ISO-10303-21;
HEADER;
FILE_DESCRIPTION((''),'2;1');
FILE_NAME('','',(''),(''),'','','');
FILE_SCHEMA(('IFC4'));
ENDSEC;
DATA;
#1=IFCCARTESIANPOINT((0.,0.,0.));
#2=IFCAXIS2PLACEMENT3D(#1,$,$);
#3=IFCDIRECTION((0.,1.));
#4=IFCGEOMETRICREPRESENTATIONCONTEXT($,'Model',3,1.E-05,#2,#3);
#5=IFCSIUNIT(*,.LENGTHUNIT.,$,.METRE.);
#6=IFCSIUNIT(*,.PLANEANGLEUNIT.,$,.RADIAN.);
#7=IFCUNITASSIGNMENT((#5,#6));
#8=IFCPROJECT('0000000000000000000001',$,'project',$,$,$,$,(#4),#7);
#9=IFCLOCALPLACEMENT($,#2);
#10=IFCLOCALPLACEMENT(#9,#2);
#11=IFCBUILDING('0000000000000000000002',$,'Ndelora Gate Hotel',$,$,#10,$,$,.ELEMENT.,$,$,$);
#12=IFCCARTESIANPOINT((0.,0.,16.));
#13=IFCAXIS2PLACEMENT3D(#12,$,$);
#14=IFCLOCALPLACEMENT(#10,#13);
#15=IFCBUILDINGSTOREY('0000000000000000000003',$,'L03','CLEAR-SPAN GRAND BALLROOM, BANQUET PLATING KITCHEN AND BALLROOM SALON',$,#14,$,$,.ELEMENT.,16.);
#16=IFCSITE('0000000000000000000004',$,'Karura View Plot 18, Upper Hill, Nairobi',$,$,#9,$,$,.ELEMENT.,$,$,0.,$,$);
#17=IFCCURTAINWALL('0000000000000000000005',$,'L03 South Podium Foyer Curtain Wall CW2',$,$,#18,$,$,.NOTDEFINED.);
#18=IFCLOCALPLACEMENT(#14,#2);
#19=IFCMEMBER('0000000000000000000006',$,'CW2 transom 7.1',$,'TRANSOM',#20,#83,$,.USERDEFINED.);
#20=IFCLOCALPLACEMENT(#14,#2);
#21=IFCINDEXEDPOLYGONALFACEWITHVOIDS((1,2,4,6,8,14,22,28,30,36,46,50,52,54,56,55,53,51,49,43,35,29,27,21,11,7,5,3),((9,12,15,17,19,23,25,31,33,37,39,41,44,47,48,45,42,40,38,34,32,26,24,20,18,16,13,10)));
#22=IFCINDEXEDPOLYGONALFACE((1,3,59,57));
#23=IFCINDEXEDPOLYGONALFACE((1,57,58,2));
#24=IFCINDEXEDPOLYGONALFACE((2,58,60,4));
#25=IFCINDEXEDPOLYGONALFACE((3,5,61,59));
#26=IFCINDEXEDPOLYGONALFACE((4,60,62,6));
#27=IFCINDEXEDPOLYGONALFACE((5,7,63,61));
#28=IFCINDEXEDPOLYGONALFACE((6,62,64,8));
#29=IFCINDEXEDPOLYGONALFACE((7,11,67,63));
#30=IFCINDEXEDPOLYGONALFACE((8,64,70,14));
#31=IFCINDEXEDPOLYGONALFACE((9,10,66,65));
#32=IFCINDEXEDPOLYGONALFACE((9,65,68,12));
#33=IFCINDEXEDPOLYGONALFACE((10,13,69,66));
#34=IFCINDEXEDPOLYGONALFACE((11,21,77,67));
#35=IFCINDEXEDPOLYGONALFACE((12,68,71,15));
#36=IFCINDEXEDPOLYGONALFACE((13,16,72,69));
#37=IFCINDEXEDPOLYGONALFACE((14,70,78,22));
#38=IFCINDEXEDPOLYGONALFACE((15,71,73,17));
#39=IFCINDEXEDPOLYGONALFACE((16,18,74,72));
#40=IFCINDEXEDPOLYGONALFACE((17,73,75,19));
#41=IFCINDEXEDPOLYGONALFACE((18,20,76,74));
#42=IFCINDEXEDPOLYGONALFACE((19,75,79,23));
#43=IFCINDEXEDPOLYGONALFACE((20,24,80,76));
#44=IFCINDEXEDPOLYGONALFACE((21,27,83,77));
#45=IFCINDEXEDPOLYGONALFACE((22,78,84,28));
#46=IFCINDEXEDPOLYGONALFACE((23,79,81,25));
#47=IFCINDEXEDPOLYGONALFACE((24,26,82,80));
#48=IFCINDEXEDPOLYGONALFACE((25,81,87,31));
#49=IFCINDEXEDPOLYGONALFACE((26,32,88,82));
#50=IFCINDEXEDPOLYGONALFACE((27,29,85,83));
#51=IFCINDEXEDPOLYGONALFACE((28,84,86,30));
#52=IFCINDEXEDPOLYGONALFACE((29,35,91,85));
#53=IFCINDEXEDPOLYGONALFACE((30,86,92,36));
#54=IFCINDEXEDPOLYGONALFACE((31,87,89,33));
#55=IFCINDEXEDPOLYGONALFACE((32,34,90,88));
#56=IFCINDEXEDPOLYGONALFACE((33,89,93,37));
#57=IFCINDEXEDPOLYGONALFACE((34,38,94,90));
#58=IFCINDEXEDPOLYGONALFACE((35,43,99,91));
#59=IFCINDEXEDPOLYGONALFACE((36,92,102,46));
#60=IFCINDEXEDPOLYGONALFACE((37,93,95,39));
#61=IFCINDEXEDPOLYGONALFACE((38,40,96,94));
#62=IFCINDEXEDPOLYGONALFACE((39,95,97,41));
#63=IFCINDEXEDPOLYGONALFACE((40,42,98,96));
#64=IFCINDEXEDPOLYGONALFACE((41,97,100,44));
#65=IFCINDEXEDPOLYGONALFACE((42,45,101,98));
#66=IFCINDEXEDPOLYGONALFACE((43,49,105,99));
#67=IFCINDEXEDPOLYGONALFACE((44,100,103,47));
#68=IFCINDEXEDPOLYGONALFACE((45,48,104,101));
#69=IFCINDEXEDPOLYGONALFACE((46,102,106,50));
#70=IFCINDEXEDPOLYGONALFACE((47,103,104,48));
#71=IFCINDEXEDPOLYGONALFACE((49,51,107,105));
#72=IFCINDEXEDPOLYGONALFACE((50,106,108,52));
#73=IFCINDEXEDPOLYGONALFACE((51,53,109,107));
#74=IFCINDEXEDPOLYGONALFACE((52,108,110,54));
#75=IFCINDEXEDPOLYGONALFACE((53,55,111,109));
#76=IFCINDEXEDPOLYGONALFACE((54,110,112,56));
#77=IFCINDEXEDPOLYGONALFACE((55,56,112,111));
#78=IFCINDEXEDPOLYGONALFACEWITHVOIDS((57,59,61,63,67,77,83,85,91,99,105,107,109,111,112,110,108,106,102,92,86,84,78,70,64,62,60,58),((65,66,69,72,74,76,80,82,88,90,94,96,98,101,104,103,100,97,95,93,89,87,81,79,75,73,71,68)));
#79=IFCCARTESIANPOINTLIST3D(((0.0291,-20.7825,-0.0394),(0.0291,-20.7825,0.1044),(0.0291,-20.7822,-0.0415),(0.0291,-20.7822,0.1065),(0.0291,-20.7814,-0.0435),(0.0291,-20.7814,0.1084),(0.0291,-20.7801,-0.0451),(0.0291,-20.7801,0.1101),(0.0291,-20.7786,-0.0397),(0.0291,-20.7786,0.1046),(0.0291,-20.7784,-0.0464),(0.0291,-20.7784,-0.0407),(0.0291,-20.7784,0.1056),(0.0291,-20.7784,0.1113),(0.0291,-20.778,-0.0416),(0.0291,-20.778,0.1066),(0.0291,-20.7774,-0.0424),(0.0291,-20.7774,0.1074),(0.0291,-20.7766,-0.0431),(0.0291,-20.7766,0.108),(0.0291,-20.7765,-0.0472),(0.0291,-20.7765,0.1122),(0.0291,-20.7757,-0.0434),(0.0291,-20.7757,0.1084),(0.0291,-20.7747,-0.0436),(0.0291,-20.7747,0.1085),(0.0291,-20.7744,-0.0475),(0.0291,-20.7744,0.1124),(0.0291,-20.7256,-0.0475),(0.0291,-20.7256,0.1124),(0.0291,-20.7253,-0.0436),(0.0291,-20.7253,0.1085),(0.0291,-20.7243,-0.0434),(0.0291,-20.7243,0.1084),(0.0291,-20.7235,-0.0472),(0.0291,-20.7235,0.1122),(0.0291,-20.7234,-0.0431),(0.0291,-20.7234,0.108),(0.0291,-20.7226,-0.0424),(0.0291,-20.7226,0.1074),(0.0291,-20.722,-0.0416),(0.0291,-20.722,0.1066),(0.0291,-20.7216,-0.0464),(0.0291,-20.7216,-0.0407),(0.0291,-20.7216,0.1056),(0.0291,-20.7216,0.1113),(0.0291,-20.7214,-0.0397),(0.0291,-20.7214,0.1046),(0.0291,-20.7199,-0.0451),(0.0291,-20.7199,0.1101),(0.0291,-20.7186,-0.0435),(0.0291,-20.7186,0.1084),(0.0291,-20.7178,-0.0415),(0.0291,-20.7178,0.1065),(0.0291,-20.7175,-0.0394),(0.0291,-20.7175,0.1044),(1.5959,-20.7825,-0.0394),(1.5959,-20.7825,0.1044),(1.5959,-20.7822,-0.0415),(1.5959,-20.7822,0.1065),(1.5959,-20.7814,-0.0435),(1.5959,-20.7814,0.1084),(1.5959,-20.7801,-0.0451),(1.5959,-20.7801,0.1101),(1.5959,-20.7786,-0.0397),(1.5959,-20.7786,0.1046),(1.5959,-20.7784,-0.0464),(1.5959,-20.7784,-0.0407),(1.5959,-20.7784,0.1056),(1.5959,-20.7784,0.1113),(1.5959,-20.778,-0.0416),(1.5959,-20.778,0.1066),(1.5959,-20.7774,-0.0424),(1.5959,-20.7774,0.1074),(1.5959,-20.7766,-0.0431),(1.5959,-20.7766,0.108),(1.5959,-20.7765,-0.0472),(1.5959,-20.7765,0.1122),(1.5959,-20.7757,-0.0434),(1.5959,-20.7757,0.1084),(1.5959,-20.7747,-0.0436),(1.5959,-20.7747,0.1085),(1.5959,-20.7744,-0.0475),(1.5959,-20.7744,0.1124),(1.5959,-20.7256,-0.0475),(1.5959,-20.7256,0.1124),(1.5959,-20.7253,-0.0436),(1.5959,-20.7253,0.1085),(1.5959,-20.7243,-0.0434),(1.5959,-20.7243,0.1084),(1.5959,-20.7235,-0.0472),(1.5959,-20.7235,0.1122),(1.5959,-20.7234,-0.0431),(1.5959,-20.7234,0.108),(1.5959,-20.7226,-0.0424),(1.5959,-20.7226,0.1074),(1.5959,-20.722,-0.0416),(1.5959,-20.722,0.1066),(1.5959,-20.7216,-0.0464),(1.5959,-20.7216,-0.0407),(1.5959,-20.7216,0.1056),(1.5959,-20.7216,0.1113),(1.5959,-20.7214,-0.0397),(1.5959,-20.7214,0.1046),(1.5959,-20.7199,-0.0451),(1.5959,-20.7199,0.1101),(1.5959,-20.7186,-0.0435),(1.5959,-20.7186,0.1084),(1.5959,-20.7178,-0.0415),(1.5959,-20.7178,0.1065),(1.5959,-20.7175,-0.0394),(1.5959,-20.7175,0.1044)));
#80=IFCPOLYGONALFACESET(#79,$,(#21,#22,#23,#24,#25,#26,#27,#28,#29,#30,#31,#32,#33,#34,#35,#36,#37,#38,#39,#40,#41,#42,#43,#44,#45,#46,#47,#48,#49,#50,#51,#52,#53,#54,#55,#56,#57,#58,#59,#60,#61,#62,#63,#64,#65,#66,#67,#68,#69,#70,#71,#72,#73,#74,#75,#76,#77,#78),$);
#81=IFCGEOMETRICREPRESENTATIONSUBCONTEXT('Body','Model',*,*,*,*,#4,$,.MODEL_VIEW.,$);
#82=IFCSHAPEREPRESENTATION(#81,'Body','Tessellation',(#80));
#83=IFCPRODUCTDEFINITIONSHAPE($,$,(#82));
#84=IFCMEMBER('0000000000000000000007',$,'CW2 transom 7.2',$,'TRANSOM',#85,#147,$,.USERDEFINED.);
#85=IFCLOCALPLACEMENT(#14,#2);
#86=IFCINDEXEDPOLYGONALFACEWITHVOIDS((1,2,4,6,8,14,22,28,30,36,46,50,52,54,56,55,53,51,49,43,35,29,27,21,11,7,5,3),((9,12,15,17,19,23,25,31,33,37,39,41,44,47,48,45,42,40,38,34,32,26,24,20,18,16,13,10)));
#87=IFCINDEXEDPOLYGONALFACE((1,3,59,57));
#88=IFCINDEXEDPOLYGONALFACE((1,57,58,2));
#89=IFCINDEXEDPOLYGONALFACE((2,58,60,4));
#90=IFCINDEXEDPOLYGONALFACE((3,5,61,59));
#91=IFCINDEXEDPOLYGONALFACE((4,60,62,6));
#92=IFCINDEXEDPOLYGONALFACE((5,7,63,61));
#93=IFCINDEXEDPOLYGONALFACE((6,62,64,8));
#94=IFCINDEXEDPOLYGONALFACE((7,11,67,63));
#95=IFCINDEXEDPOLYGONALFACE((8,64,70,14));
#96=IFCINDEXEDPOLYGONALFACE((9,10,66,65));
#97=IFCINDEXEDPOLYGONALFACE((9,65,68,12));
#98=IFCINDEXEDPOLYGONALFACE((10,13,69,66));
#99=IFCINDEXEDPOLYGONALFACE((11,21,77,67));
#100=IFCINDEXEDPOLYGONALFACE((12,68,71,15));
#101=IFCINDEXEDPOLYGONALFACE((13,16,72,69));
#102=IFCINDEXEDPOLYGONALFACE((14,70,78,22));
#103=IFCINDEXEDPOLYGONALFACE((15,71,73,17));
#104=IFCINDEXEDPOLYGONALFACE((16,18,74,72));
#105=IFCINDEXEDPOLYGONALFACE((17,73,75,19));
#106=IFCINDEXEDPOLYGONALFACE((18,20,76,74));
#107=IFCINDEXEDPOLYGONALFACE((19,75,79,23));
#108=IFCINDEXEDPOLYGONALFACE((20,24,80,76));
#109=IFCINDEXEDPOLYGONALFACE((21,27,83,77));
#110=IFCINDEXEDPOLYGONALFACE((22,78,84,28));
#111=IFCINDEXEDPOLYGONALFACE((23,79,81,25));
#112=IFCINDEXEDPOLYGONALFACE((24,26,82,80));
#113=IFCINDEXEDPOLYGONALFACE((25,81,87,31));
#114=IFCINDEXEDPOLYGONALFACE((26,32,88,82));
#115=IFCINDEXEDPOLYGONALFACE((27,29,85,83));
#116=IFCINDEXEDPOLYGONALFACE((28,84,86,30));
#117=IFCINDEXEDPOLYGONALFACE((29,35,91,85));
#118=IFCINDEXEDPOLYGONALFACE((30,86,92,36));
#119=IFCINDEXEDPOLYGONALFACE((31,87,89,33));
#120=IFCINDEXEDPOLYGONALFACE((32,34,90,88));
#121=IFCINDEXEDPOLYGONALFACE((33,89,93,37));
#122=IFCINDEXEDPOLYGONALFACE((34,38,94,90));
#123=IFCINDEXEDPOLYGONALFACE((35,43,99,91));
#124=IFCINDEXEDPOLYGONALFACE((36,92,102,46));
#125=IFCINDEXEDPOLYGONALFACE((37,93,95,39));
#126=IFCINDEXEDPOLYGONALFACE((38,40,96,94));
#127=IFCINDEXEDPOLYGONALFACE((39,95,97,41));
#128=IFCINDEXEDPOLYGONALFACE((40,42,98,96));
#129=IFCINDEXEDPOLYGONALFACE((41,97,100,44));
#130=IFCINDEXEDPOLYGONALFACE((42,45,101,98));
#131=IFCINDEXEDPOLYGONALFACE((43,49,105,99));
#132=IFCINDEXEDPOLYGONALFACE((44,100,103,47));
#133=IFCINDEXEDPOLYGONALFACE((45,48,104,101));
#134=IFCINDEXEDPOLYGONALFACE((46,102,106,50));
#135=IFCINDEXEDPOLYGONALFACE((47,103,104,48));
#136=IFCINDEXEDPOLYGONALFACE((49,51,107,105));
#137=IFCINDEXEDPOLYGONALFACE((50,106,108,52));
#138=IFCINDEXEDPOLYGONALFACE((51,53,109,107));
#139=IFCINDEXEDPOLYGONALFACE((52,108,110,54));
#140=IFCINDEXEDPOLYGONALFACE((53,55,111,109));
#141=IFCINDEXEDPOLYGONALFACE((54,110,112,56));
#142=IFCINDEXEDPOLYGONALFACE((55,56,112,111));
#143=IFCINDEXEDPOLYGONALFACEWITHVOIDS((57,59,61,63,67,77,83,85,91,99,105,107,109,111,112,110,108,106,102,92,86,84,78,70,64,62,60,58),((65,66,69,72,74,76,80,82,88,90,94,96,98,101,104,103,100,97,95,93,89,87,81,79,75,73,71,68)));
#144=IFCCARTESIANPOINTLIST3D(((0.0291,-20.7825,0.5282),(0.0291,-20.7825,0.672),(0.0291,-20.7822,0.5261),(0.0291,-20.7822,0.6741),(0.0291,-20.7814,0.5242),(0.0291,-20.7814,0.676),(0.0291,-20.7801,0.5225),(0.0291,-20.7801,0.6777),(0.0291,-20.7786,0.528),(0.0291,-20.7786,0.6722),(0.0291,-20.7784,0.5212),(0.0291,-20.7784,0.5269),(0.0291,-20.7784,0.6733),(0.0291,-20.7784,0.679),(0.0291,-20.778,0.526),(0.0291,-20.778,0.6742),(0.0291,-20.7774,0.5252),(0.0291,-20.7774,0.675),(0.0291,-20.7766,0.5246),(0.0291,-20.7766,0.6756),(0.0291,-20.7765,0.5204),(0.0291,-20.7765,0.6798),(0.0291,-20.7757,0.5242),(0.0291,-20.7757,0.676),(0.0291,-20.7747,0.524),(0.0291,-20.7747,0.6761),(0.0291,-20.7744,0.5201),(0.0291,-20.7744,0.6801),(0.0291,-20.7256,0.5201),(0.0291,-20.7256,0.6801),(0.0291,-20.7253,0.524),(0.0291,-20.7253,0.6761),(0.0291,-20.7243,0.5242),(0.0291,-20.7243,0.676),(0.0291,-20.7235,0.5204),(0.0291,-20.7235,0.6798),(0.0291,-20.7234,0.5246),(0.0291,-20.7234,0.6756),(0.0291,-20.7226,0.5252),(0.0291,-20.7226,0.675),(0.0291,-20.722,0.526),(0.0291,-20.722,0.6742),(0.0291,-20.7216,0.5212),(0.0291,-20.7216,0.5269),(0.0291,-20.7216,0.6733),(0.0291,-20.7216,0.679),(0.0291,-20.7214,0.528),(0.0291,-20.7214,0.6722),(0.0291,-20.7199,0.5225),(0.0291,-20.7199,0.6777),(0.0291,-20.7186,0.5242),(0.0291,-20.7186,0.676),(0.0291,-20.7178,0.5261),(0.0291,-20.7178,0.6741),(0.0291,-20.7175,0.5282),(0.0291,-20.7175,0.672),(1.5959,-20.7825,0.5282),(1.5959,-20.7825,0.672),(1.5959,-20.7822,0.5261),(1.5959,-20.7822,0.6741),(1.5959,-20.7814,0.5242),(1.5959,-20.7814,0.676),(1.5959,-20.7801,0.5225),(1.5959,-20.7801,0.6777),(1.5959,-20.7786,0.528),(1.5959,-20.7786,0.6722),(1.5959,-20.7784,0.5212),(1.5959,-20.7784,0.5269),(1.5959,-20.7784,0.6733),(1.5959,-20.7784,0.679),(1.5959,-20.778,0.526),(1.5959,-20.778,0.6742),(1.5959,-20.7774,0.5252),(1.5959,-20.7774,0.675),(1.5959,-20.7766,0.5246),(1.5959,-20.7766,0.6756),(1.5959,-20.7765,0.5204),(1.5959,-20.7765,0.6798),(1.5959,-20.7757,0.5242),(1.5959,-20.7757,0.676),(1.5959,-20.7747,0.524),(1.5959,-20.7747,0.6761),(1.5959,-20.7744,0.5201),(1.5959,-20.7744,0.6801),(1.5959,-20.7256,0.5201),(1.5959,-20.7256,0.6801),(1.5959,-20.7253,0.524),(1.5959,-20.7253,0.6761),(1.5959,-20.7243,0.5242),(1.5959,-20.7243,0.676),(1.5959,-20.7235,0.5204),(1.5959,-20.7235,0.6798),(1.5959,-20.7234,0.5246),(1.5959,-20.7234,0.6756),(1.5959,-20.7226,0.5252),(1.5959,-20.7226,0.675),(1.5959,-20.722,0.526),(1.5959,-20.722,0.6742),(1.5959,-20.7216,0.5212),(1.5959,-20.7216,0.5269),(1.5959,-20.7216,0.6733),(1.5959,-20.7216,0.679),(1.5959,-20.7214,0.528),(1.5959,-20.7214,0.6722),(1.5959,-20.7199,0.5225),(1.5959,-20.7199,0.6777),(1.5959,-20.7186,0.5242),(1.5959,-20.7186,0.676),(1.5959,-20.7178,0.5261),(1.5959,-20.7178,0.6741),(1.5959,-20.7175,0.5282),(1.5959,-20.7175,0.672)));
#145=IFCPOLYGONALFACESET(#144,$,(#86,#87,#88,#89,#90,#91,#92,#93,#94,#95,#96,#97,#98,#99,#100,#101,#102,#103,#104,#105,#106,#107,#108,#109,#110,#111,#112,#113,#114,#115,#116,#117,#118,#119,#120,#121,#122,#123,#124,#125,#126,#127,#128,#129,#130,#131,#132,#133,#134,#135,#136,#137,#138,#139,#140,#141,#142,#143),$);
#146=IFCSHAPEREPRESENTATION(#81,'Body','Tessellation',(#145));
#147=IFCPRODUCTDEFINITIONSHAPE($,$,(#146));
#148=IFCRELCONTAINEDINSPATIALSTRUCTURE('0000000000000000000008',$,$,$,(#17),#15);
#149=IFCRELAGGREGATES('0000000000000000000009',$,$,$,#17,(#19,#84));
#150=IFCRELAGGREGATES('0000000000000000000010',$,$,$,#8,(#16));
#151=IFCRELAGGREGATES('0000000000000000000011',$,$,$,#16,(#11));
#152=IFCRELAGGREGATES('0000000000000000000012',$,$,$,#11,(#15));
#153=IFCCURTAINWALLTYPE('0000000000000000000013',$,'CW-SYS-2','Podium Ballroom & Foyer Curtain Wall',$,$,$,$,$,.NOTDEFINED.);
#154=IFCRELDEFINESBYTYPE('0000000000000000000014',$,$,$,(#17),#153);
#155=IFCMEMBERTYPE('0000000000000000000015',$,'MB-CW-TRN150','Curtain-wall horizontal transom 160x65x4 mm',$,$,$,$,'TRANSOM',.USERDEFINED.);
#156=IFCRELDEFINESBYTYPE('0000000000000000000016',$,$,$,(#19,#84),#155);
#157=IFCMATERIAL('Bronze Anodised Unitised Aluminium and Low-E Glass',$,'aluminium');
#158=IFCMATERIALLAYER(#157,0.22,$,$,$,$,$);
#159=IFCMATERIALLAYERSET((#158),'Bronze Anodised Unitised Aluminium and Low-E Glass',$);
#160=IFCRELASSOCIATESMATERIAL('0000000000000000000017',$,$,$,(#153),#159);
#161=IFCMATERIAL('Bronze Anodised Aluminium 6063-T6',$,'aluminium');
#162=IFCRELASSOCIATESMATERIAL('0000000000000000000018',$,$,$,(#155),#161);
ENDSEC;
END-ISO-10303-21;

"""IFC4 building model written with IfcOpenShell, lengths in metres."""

from ifc_helpers import new_model, si_unit, direction, frame, origin, origin_2d, place, context, subcontext, project, spatial, hollow_rectangle, extrude, material, layer, layer_set, material_profile, profile_set, type_object, element, aggregate, save


model = new_model("IFC4")

# Units and contexts
model_context = context("Model", 3, precision=1e-05, world=origin(), true_north=direction((0.0, 1.0)))
body_context = subcontext(model_context, "Body", "Model", "MODEL_VIEW")
ifc_project = project(units=[si_unit("LENGTHUNIT", "METRE"), si_unit("PLANEANGLEUNIT", "RADIAN")], contexts=[model_context])

# Site, building, storey
site_placement = place(None, origin())
site = spatial("IfcSite", under=ifc_project, at=site_placement, Name="Karura View Plot 18, Upper Hill, Nairobi", CompositionType="ELEMENT", RefElevation=0.0)
building_placement = place(site_placement, origin())
building = spatial("IfcBuilding", under=site, at=building_placement, Name="Ndelora Gate Hotel", CompositionType="ELEMENT")
storey_placement = place(building_placement, frame((0.0, 0.0, 16.0)))
storey = spatial("IfcBuildingStorey", under=building, at=storey_placement, Name="L03", Description="CLEAR-SPAN GRAND BALLROOM, BANQUET PLATING KITCHEN AND BALLROOM SALON", CompositionType="ELEMENT", Elevation=16.0)

# Curtain wall, members
ifc_material_1 = material(Name="Bronze Anodised Unitised Aluminium and Low-E Glass", Category="aluminium")
ifc_layer_1 = layer(ifc_material_1, 0.22)
ifc_layer_set_1 = layer_set([ifc_layer_1], Name="Bronze Anodised Unitised Aluminium and Low-E Glass")
curtain_wall_type = type_object("IfcCurtainWallType", Name="CW-SYS-2", Description="Podium Ballroom & Foyer Curtain Wall", PredefinedType="NOTDEFINED", material=ifc_layer_set_1)
curtain_wall_placement = place(storey_placement, origin())
curtain_wall = element("IfcCurtainWall", 1, at=curtain_wall_placement, inside=storey, type_object=curtain_wall_type, Name="L03 South Podium Foyer Curtain Wall CW2", PredefinedType="NOTDEFINED")
ifc_material_2 = material(Name="Bronze Anodised Aluminium 6063-T6", Category="aluminium")
ifc_material_profile_1 = material_profile(ifc_material_2, hollow_rectangle(XDim=0.0649, YDim=0.1599, WallThickness=0.0039, InnerFilletRadius=0.0039, OuterFilletRadius=0.0081, at=origin_2d()), Name="ALU 160x65x4")
ifc_profile_set_1 = profile_set([ifc_material_profile_1], Name="Bronze Anodised Aluminium 6063-T6")
member_type_1 = type_object("IfcMemberType", Name="MB-CW-TRN150", Description="Curtain-wall horizontal transom 160x65x4 mm", ElementType="TRANSOM", PredefinedType="USERDEFINED", material=ifc_profile_set_1)
member_1_placement = place(storey_placement, frame((0.0291, -20.75, 0.0325), z_axis=(1.0, 0.0, 0.0), x_axis=(0.0, 1.0, 0.0)))
member_1 = element("IfcMember", 2, at=member_1_placement, type_object=member_type_1, Name="CW2 transom 7.1", ObjectType="TRANSOM", PredefinedType="USERDEFINED", context=body_context, shape_type="SweptSolid", body=[
    extrude(hollow_rectangle(XDim=0.0649, YDim=0.1599, WallThickness=0.0039, InnerFilletRadius=0.0039, OuterFilletRadius=0.0081, at=origin_2d()), origin(), (0.0, 0.0, 1.0), 1.5669),
])
member_2_placement = place(storey_placement, frame((0.0291, -20.75, 0.6001), z_axis=(1.0, 0.0, 0.0), x_axis=(0.0, 1.0, 0.0)))
member_2 = element("IfcMember", 3, at=member_2_placement, type_object=member_type_1, Name="CW2 transom 7.2", ObjectType="TRANSOM", PredefinedType="USERDEFINED", context=body_context, shape_type="SweptSolid", body=[
    extrude(hollow_rectangle(XDim=0.0649, YDim=0.1599, WallThickness=0.0039, InnerFilletRadius=0.0039, OuterFilletRadius=0.0081, at=origin_2d()), origin(), (0.0, 0.0, 1.0), 1.5669),
])
aggregate(curtain_wall, [member_1, member_2])

save(model, "model.ifc")
